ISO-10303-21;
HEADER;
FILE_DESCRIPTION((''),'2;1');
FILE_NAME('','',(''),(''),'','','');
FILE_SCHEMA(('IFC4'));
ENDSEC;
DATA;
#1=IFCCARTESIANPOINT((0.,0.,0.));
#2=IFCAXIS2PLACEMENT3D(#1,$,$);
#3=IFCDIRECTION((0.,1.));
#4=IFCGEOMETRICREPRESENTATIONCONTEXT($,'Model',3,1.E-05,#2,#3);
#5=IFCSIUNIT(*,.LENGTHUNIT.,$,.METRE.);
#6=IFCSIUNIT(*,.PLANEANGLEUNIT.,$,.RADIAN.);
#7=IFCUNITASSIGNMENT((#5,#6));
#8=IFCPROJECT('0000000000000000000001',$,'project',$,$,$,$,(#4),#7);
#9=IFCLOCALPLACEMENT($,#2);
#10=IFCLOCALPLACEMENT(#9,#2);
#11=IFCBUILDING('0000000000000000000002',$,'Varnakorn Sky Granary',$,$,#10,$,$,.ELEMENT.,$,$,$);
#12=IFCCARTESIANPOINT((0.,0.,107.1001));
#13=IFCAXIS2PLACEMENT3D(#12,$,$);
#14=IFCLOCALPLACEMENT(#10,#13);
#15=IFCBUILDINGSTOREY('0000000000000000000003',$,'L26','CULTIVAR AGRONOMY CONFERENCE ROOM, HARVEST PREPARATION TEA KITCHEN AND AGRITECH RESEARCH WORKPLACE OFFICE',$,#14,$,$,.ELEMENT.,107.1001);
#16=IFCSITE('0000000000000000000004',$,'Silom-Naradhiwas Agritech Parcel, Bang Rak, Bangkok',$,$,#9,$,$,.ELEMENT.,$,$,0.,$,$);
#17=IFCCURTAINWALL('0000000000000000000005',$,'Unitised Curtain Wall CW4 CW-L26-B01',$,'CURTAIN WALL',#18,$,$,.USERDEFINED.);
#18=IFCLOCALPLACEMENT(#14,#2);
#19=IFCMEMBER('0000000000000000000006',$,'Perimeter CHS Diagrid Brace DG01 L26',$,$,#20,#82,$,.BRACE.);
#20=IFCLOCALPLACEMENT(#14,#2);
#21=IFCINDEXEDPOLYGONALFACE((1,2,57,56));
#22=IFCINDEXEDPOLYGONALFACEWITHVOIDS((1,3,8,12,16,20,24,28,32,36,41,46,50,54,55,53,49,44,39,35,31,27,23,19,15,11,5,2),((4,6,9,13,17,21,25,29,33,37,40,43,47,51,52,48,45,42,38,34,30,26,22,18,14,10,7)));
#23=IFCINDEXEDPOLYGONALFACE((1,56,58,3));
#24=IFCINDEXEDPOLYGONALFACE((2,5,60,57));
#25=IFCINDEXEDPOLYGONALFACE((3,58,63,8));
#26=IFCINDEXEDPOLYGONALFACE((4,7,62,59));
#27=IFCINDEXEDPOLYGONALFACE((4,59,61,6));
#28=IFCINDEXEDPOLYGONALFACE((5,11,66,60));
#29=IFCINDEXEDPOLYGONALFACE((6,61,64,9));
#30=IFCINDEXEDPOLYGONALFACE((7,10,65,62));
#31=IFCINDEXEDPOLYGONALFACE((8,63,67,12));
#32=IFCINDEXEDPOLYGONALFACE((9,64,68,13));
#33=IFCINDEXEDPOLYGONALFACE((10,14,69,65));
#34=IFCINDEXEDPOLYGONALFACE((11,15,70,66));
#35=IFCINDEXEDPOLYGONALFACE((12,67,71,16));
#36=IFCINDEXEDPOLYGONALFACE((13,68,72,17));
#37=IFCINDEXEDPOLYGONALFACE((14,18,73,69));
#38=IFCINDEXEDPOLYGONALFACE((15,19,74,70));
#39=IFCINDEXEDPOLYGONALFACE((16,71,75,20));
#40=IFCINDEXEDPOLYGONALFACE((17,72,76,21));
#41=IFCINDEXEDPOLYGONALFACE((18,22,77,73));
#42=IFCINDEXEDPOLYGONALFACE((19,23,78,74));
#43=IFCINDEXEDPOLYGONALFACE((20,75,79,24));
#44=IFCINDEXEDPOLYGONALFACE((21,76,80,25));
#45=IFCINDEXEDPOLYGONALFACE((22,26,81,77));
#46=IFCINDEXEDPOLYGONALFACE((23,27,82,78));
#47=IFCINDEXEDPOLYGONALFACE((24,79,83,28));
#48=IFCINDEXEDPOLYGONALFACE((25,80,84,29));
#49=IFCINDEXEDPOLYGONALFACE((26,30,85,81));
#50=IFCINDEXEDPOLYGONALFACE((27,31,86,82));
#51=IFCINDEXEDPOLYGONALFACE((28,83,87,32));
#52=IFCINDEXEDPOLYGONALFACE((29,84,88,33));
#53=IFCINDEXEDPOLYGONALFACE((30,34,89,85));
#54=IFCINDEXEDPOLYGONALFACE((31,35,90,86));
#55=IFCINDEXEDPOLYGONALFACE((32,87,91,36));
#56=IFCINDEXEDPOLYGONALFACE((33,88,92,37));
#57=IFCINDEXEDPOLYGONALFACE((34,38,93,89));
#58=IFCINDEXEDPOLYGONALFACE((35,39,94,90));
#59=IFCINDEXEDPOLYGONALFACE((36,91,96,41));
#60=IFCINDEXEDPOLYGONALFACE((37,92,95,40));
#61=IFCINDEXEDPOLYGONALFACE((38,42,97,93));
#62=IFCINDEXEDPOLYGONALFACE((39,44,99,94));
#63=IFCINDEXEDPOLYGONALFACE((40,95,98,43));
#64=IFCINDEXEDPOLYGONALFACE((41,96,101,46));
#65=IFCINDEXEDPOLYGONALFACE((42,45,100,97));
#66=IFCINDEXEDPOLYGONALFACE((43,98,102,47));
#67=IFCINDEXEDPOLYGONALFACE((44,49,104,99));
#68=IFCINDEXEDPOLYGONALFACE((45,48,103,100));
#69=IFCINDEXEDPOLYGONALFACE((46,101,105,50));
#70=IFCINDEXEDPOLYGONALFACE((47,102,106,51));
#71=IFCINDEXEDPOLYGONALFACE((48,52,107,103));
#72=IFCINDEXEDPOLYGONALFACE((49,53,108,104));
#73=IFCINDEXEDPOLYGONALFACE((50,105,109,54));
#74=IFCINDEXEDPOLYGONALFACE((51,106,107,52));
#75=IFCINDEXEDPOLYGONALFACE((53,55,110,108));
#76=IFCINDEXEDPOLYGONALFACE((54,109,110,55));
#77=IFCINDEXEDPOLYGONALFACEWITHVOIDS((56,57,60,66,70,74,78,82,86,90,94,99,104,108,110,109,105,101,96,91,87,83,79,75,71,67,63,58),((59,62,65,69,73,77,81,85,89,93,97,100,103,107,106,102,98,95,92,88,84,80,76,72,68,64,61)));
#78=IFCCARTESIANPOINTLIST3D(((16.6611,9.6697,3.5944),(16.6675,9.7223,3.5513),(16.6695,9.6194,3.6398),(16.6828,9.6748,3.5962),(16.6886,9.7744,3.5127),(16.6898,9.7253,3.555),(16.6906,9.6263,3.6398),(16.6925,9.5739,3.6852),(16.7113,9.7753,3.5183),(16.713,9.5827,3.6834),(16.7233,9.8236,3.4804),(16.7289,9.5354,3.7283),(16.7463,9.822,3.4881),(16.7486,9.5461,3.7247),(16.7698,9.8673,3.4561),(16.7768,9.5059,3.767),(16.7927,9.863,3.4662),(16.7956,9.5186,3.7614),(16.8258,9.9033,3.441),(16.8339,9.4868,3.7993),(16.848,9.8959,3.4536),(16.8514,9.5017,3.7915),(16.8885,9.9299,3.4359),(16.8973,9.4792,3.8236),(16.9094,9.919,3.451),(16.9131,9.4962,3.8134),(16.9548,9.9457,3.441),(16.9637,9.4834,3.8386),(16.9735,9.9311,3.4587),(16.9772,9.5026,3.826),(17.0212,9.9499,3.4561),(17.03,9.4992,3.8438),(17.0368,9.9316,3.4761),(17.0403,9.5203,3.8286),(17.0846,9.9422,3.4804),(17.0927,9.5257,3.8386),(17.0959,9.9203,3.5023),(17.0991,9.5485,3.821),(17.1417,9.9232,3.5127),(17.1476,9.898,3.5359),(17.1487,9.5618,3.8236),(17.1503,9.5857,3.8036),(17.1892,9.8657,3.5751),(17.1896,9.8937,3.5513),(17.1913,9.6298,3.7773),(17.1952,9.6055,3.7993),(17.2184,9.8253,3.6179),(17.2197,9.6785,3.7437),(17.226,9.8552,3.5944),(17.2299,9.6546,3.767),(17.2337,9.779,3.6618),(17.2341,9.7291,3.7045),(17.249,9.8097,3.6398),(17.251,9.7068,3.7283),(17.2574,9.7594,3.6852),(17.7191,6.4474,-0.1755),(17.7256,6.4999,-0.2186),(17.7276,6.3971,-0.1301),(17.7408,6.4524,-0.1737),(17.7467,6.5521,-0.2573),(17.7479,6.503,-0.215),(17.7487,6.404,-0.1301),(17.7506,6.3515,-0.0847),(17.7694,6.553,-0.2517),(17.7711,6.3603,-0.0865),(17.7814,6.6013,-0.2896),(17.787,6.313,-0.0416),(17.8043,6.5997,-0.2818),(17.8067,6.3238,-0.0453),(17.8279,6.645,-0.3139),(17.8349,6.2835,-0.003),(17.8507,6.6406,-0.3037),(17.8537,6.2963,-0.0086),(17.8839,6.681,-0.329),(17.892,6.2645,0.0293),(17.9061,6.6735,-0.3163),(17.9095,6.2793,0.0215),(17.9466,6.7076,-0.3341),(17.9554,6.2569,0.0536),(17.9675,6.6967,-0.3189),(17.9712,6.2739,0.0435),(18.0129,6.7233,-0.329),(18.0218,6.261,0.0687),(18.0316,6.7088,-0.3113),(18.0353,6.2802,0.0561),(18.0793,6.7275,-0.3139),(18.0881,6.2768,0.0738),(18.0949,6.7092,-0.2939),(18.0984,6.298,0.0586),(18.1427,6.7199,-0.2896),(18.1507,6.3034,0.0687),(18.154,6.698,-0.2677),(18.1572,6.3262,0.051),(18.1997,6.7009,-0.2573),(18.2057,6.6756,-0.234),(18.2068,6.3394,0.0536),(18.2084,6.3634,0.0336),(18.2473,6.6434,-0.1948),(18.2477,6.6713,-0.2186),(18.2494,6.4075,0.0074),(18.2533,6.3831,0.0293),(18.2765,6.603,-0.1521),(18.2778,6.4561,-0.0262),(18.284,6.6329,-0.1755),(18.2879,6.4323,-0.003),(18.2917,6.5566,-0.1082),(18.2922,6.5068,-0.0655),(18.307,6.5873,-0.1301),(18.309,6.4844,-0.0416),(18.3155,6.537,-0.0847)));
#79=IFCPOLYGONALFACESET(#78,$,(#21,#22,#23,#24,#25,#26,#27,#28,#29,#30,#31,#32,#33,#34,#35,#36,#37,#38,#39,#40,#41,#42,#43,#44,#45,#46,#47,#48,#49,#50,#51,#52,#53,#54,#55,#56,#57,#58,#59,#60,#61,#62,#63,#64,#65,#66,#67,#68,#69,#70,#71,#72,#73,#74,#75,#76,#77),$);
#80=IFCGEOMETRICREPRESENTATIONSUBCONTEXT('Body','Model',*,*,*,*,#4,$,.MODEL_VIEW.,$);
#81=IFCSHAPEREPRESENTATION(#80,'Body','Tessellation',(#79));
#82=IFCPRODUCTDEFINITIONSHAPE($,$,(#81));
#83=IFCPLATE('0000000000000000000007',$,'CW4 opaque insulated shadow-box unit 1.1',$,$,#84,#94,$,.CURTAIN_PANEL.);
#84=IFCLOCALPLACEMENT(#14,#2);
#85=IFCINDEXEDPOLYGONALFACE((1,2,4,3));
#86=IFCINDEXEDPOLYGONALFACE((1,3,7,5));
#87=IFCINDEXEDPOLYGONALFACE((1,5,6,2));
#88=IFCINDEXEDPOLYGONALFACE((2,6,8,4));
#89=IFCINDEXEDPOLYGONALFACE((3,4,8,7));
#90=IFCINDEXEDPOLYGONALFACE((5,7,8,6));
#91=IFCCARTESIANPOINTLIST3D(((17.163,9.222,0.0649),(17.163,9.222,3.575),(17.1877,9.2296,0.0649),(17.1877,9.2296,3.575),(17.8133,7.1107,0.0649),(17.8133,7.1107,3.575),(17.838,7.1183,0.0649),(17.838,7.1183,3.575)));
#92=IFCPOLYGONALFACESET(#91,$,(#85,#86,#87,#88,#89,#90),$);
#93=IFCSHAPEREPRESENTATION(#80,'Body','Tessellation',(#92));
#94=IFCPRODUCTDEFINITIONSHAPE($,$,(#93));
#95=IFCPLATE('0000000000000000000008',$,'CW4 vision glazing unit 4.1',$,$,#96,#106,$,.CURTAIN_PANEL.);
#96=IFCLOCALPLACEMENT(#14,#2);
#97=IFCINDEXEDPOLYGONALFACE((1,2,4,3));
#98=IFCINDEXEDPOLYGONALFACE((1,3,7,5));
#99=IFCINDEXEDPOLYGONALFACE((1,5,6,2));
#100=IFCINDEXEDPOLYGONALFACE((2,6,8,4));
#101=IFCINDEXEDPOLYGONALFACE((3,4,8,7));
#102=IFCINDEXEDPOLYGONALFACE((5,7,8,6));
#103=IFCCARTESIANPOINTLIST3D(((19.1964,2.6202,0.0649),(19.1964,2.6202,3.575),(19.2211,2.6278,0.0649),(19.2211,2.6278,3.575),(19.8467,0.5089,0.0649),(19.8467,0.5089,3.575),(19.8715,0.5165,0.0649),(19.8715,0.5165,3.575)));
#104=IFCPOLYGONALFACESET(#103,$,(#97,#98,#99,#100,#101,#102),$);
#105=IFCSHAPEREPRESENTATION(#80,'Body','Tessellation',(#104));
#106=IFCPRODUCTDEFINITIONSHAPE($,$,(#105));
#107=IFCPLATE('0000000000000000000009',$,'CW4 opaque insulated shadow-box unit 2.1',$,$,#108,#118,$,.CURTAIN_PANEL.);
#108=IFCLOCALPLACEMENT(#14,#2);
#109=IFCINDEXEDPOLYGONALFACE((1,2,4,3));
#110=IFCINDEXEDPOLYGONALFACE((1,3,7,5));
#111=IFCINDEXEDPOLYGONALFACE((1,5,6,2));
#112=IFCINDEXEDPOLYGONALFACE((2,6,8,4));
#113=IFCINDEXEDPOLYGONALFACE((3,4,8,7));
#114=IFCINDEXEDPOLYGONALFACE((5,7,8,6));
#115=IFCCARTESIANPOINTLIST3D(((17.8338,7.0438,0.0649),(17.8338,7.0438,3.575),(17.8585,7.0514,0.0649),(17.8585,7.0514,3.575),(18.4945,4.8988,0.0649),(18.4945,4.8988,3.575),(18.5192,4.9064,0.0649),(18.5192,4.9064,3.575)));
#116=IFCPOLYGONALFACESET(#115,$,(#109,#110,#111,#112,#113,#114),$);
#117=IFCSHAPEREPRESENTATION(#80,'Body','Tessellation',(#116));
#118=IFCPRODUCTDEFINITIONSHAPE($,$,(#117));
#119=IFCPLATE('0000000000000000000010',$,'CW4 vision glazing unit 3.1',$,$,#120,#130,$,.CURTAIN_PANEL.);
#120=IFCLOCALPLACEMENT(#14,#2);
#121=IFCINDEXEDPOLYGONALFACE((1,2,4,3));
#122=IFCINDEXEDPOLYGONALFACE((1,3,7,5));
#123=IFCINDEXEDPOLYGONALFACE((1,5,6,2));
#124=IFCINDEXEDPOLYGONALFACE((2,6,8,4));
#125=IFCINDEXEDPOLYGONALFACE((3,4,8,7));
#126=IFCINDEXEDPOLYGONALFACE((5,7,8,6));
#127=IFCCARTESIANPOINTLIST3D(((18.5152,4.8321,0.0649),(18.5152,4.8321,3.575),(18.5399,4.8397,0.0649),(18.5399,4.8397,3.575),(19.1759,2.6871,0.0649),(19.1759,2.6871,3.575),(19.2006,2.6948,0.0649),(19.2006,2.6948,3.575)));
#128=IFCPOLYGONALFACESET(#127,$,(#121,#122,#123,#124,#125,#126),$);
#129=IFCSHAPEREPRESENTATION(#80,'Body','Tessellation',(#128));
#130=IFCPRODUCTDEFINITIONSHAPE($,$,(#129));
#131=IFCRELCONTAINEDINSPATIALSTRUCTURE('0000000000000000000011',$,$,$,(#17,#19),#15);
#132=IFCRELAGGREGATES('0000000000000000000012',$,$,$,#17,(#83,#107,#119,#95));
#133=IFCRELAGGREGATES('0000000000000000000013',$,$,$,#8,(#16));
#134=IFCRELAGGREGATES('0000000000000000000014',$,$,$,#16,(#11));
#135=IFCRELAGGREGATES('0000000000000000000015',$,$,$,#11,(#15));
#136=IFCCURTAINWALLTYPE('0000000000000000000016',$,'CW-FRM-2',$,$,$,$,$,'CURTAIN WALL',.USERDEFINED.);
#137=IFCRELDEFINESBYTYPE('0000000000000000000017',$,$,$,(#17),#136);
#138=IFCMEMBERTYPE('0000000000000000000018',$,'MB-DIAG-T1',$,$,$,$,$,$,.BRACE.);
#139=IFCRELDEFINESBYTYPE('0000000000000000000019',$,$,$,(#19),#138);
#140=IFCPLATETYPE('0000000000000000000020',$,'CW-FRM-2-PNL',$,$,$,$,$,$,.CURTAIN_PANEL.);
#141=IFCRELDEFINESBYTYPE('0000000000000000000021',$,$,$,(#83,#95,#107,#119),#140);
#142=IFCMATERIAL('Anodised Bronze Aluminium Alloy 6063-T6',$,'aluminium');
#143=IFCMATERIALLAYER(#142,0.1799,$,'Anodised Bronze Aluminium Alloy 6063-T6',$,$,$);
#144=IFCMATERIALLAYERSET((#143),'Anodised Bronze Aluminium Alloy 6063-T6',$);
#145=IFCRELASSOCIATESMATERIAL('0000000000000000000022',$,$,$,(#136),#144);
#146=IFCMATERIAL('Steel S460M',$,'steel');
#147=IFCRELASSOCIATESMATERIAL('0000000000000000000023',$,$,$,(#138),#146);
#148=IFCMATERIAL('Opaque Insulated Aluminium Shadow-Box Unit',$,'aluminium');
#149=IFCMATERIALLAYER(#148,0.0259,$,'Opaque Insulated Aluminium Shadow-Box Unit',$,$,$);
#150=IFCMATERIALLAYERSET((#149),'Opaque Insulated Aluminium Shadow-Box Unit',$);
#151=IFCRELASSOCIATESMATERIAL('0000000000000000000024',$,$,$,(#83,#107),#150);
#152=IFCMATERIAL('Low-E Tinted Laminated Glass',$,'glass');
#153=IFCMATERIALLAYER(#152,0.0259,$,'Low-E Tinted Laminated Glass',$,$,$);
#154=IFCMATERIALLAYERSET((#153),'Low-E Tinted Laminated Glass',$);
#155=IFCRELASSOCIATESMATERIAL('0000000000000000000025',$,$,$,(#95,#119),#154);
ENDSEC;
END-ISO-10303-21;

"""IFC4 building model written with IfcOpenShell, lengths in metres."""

from ifc_helpers import new_model, si_unit, direction, frame, origin, origin_2d, place, context, subcontext, project, spatial, rectangle, hollow_circle, extrude, source, transform, mapped, material, layer, layer_set, material_profile, profile_set, type_object, type_shapes, element, aggregate, save


model = new_model("IFC4")

# Units and contexts
model_context = context("Model", 3, precision=1e-05, world=origin(), true_north=direction((0.0, 1.0)))
body_context = subcontext(model_context, "Body", "Model", "MODEL_VIEW")
ifc_project = project(units=[si_unit("LENGTHUNIT", "METRE"), si_unit("PLANEANGLEUNIT", "RADIAN")], contexts=[model_context])

# Site, building, storey
site_placement = place(None, origin())
site = spatial("IfcSite", under=ifc_project, at=site_placement, Name="Silom-Naradhiwas Agritech Parcel, Bang Rak, Bangkok", CompositionType="ELEMENT", RefElevation=0.0)
building_placement = place(site_placement, origin())
building = spatial("IfcBuilding", under=site, at=building_placement, Name="Varnakorn Sky Granary", CompositionType="ELEMENT")
storey_placement = place(building_placement, frame((0.0, 0.0, 107.1001)))
storey = spatial("IfcBuildingStorey", under=building, at=storey_placement, Name="L26", Description="CULTIVAR AGRONOMY CONFERENCE ROOM, HARVEST PREPARATION TEA KITCHEN AND AGRITECH RESEARCH WORKPLACE OFFICE", CompositionType="ELEMENT", Elevation=107.1001)

# Shared definitions
ifc_material_1 = material(Name="Steel S460M", Category="steel")

# Curtain wall
ifc_material_2 = material(Name="Anodised Bronze Aluminium Alloy 6063-T6", Category="aluminium")
ifc_layer_1 = layer(ifc_material_2, 0.1799, Name="Anodised Bronze Aluminium Alloy 6063-T6")
ifc_layer_set_1 = layer_set([ifc_layer_1], Name="Anodised Bronze Aluminium Alloy 6063-T6")
curtain_wall_type = type_object("IfcCurtainWallType", Name="CW-FRM-2", ElementType="CURTAIN WALL", PredefinedType="USERDEFINED", material=ifc_layer_set_1)
curtain_wall_1_placement = place(storey_placement, origin())
curtain_wall_1 = element("IfcCurtainWall", 1, at=curtain_wall_1_placement, inside=storey, type_object=curtain_wall_type, Name="Unitised Curtain Wall CW4 CW-L26-B01", ObjectType="CURTAIN WALL", PredefinedType="USERDEFINED")

# Member
ifc_material_profile_1 = material_profile(ifc_material_1, hollow_circle(Radius=0.3049, WallThickness=0.0222, at=origin_2d()), Name="CHS 610x22")
ifc_profile_set_1 = profile_set([ifc_material_profile_1], Name="Steel S460M")
member_type_1 = type_object("IfcMemberType", Name="MB-DIAG-T1", PredefinedType="BRACE", material=ifc_profile_set_1)
member_1_placement = place(storey_placement, frame((18.0173, 6.4922, -0.1301), z_axis=(-0.208652, 0.63544, 0.743425), x_axis=(-0.950092, -0.31197, 0.0)))
element("IfcMember", 2, at=member_1_placement, inside=storey, type_object=member_type_1, Name="Perimeter CHS Diagrid Brace DG01 L26", PredefinedType="BRACE", context=body_context, shape_type="SweptSolid", body=[
    extrude(hollow_circle(Radius=0.3049, WallThickness=0.0222, at=origin_2d()), origin(), (0.0, 0.0, 1.0), 5.071),
])

# Plates
ifc_material_3 = material(Name="Opaque Insulated Aluminium Shadow-Box Unit", Category="aluminium")
ifc_layer_2 = layer(ifc_material_3, 0.0259, Name="Opaque Insulated Aluminium Shadow-Box Unit")
ifc_layer_set_2 = layer_set([ifc_layer_2], Name="Opaque Insulated Aluminium Shadow-Box Unit")
plate_type = type_object("IfcPlateType", Name="CW-FRM-2-PNL", PredefinedType="CURTAIN_PANEL")
shared_shape_1 = source(origin(), body_context, "Body", "SweptSolid", [
    extrude(rectangle(XDim=2.2092, YDim=0.0259, at=origin_2d()), origin(), (0.0, 0.0, 1.0), 3.51),
])
plate_1_placement = place(storey_placement, frame((17.5005, 8.1702, 0.0649), z_axis=(0.0, 0.0, 1.0), x_axis=(0.29437, -0.955692, 0.0)))
plate_1 = element("IfcPlate", 3, at=plate_1_placement, type_object=plate_type, material=ifc_layer_set_2, Name="CW4 opaque insulated shadow-box unit 1.1", PredefinedType="CURTAIN_PANEL", context=body_context, shape_type="MappedRepresentation", body=[
    mapped(shared_shape_1, transform((0.0, 0.0, 0.0), x_axis=(1.0, 0.0, 0.0), y_axis=(0.0, 1.0, 0.0), z_axis=(0.0, 0.0, 1.0), scale=1.0)),
])
ifc_material_4 = material(Name="Low-E Tinted Laminated Glass", Category="glass")
ifc_layer_3 = layer(ifc_material_4, 0.0259, Name="Low-E Tinted Laminated Glass")
ifc_layer_set_3 = layer_set([ifc_layer_3], Name="Low-E Tinted Laminated Glass")
plate_2_placement = place(storey_placement, frame((19.5339, 1.5684, 0.0649), z_axis=(0.0, 0.0, 1.0), x_axis=(0.29437, -0.955692, 0.0)))
plate_2 = element("IfcPlate", 4, at=plate_2_placement, type_object=plate_type, material=ifc_layer_set_3, Name="CW4 vision glazing unit 4.1", PredefinedType="CURTAIN_PANEL", context=body_context, shape_type="MappedRepresentation", body=[
    mapped(shared_shape_1, transform((0.0, 0.0, 0.0), x_axis=(1.0, 0.0, 0.0), y_axis=(0.0, 1.0, 0.0), z_axis=(0.0, 0.0, 1.0), scale=1.0)),
])
shared_shape_2 = source(origin(), body_context, "Body", "SweptSolid", [
    extrude(rectangle(XDim=2.2444, YDim=0.0259, at=origin_2d()), origin(), (0.0, 0.0, 1.0), 3.51),
])
type_shapes(plate_type, [shared_shape_1, shared_shape_2])
plate_3_placement = place(storey_placement, frame((18.1765, 5.9751, 0.0649), z_axis=(0.0, 0.0, 1.0), x_axis=(0.29437, -0.955692, 0.0)))
plate_3 = element("IfcPlate", 5, at=plate_3_placement, type_object=plate_type, material=ifc_layer_set_2, Name="CW4 opaque insulated shadow-box unit 2.1", PredefinedType="CURTAIN_PANEL", context=body_context, shape_type="MappedRepresentation", body=[
    mapped(shared_shape_2, transform((0.0, 0.0, 0.0), x_axis=(1.0, 0.0, 0.0), y_axis=(0.0, 1.0, 0.0), z_axis=(0.0, 0.0, 1.0), scale=1.0)),
])
plate_4_placement = place(storey_placement, frame((18.8579, 3.7634, 0.0649), z_axis=(0.0, 0.0, 1.0), x_axis=(0.29437, -0.955692, 0.0)))
plate_4 = element("IfcPlate", 6, at=plate_4_placement, type_object=plate_type, material=ifc_layer_set_3, Name="CW4 vision glazing unit 3.1", PredefinedType="CURTAIN_PANEL", context=body_context, shape_type="MappedRepresentation", body=[
    mapped(shared_shape_2, transform((0.0, 0.0, 0.0), x_axis=(1.0, 0.0, 0.0), y_axis=(0.0, 1.0, 0.0), z_axis=(0.0, 0.0, 1.0), scale=1.0)),
])
aggregate(curtain_wall_1, [plate_1, plate_3, plate_4, plate_2])

save(model, "model.ifc")
